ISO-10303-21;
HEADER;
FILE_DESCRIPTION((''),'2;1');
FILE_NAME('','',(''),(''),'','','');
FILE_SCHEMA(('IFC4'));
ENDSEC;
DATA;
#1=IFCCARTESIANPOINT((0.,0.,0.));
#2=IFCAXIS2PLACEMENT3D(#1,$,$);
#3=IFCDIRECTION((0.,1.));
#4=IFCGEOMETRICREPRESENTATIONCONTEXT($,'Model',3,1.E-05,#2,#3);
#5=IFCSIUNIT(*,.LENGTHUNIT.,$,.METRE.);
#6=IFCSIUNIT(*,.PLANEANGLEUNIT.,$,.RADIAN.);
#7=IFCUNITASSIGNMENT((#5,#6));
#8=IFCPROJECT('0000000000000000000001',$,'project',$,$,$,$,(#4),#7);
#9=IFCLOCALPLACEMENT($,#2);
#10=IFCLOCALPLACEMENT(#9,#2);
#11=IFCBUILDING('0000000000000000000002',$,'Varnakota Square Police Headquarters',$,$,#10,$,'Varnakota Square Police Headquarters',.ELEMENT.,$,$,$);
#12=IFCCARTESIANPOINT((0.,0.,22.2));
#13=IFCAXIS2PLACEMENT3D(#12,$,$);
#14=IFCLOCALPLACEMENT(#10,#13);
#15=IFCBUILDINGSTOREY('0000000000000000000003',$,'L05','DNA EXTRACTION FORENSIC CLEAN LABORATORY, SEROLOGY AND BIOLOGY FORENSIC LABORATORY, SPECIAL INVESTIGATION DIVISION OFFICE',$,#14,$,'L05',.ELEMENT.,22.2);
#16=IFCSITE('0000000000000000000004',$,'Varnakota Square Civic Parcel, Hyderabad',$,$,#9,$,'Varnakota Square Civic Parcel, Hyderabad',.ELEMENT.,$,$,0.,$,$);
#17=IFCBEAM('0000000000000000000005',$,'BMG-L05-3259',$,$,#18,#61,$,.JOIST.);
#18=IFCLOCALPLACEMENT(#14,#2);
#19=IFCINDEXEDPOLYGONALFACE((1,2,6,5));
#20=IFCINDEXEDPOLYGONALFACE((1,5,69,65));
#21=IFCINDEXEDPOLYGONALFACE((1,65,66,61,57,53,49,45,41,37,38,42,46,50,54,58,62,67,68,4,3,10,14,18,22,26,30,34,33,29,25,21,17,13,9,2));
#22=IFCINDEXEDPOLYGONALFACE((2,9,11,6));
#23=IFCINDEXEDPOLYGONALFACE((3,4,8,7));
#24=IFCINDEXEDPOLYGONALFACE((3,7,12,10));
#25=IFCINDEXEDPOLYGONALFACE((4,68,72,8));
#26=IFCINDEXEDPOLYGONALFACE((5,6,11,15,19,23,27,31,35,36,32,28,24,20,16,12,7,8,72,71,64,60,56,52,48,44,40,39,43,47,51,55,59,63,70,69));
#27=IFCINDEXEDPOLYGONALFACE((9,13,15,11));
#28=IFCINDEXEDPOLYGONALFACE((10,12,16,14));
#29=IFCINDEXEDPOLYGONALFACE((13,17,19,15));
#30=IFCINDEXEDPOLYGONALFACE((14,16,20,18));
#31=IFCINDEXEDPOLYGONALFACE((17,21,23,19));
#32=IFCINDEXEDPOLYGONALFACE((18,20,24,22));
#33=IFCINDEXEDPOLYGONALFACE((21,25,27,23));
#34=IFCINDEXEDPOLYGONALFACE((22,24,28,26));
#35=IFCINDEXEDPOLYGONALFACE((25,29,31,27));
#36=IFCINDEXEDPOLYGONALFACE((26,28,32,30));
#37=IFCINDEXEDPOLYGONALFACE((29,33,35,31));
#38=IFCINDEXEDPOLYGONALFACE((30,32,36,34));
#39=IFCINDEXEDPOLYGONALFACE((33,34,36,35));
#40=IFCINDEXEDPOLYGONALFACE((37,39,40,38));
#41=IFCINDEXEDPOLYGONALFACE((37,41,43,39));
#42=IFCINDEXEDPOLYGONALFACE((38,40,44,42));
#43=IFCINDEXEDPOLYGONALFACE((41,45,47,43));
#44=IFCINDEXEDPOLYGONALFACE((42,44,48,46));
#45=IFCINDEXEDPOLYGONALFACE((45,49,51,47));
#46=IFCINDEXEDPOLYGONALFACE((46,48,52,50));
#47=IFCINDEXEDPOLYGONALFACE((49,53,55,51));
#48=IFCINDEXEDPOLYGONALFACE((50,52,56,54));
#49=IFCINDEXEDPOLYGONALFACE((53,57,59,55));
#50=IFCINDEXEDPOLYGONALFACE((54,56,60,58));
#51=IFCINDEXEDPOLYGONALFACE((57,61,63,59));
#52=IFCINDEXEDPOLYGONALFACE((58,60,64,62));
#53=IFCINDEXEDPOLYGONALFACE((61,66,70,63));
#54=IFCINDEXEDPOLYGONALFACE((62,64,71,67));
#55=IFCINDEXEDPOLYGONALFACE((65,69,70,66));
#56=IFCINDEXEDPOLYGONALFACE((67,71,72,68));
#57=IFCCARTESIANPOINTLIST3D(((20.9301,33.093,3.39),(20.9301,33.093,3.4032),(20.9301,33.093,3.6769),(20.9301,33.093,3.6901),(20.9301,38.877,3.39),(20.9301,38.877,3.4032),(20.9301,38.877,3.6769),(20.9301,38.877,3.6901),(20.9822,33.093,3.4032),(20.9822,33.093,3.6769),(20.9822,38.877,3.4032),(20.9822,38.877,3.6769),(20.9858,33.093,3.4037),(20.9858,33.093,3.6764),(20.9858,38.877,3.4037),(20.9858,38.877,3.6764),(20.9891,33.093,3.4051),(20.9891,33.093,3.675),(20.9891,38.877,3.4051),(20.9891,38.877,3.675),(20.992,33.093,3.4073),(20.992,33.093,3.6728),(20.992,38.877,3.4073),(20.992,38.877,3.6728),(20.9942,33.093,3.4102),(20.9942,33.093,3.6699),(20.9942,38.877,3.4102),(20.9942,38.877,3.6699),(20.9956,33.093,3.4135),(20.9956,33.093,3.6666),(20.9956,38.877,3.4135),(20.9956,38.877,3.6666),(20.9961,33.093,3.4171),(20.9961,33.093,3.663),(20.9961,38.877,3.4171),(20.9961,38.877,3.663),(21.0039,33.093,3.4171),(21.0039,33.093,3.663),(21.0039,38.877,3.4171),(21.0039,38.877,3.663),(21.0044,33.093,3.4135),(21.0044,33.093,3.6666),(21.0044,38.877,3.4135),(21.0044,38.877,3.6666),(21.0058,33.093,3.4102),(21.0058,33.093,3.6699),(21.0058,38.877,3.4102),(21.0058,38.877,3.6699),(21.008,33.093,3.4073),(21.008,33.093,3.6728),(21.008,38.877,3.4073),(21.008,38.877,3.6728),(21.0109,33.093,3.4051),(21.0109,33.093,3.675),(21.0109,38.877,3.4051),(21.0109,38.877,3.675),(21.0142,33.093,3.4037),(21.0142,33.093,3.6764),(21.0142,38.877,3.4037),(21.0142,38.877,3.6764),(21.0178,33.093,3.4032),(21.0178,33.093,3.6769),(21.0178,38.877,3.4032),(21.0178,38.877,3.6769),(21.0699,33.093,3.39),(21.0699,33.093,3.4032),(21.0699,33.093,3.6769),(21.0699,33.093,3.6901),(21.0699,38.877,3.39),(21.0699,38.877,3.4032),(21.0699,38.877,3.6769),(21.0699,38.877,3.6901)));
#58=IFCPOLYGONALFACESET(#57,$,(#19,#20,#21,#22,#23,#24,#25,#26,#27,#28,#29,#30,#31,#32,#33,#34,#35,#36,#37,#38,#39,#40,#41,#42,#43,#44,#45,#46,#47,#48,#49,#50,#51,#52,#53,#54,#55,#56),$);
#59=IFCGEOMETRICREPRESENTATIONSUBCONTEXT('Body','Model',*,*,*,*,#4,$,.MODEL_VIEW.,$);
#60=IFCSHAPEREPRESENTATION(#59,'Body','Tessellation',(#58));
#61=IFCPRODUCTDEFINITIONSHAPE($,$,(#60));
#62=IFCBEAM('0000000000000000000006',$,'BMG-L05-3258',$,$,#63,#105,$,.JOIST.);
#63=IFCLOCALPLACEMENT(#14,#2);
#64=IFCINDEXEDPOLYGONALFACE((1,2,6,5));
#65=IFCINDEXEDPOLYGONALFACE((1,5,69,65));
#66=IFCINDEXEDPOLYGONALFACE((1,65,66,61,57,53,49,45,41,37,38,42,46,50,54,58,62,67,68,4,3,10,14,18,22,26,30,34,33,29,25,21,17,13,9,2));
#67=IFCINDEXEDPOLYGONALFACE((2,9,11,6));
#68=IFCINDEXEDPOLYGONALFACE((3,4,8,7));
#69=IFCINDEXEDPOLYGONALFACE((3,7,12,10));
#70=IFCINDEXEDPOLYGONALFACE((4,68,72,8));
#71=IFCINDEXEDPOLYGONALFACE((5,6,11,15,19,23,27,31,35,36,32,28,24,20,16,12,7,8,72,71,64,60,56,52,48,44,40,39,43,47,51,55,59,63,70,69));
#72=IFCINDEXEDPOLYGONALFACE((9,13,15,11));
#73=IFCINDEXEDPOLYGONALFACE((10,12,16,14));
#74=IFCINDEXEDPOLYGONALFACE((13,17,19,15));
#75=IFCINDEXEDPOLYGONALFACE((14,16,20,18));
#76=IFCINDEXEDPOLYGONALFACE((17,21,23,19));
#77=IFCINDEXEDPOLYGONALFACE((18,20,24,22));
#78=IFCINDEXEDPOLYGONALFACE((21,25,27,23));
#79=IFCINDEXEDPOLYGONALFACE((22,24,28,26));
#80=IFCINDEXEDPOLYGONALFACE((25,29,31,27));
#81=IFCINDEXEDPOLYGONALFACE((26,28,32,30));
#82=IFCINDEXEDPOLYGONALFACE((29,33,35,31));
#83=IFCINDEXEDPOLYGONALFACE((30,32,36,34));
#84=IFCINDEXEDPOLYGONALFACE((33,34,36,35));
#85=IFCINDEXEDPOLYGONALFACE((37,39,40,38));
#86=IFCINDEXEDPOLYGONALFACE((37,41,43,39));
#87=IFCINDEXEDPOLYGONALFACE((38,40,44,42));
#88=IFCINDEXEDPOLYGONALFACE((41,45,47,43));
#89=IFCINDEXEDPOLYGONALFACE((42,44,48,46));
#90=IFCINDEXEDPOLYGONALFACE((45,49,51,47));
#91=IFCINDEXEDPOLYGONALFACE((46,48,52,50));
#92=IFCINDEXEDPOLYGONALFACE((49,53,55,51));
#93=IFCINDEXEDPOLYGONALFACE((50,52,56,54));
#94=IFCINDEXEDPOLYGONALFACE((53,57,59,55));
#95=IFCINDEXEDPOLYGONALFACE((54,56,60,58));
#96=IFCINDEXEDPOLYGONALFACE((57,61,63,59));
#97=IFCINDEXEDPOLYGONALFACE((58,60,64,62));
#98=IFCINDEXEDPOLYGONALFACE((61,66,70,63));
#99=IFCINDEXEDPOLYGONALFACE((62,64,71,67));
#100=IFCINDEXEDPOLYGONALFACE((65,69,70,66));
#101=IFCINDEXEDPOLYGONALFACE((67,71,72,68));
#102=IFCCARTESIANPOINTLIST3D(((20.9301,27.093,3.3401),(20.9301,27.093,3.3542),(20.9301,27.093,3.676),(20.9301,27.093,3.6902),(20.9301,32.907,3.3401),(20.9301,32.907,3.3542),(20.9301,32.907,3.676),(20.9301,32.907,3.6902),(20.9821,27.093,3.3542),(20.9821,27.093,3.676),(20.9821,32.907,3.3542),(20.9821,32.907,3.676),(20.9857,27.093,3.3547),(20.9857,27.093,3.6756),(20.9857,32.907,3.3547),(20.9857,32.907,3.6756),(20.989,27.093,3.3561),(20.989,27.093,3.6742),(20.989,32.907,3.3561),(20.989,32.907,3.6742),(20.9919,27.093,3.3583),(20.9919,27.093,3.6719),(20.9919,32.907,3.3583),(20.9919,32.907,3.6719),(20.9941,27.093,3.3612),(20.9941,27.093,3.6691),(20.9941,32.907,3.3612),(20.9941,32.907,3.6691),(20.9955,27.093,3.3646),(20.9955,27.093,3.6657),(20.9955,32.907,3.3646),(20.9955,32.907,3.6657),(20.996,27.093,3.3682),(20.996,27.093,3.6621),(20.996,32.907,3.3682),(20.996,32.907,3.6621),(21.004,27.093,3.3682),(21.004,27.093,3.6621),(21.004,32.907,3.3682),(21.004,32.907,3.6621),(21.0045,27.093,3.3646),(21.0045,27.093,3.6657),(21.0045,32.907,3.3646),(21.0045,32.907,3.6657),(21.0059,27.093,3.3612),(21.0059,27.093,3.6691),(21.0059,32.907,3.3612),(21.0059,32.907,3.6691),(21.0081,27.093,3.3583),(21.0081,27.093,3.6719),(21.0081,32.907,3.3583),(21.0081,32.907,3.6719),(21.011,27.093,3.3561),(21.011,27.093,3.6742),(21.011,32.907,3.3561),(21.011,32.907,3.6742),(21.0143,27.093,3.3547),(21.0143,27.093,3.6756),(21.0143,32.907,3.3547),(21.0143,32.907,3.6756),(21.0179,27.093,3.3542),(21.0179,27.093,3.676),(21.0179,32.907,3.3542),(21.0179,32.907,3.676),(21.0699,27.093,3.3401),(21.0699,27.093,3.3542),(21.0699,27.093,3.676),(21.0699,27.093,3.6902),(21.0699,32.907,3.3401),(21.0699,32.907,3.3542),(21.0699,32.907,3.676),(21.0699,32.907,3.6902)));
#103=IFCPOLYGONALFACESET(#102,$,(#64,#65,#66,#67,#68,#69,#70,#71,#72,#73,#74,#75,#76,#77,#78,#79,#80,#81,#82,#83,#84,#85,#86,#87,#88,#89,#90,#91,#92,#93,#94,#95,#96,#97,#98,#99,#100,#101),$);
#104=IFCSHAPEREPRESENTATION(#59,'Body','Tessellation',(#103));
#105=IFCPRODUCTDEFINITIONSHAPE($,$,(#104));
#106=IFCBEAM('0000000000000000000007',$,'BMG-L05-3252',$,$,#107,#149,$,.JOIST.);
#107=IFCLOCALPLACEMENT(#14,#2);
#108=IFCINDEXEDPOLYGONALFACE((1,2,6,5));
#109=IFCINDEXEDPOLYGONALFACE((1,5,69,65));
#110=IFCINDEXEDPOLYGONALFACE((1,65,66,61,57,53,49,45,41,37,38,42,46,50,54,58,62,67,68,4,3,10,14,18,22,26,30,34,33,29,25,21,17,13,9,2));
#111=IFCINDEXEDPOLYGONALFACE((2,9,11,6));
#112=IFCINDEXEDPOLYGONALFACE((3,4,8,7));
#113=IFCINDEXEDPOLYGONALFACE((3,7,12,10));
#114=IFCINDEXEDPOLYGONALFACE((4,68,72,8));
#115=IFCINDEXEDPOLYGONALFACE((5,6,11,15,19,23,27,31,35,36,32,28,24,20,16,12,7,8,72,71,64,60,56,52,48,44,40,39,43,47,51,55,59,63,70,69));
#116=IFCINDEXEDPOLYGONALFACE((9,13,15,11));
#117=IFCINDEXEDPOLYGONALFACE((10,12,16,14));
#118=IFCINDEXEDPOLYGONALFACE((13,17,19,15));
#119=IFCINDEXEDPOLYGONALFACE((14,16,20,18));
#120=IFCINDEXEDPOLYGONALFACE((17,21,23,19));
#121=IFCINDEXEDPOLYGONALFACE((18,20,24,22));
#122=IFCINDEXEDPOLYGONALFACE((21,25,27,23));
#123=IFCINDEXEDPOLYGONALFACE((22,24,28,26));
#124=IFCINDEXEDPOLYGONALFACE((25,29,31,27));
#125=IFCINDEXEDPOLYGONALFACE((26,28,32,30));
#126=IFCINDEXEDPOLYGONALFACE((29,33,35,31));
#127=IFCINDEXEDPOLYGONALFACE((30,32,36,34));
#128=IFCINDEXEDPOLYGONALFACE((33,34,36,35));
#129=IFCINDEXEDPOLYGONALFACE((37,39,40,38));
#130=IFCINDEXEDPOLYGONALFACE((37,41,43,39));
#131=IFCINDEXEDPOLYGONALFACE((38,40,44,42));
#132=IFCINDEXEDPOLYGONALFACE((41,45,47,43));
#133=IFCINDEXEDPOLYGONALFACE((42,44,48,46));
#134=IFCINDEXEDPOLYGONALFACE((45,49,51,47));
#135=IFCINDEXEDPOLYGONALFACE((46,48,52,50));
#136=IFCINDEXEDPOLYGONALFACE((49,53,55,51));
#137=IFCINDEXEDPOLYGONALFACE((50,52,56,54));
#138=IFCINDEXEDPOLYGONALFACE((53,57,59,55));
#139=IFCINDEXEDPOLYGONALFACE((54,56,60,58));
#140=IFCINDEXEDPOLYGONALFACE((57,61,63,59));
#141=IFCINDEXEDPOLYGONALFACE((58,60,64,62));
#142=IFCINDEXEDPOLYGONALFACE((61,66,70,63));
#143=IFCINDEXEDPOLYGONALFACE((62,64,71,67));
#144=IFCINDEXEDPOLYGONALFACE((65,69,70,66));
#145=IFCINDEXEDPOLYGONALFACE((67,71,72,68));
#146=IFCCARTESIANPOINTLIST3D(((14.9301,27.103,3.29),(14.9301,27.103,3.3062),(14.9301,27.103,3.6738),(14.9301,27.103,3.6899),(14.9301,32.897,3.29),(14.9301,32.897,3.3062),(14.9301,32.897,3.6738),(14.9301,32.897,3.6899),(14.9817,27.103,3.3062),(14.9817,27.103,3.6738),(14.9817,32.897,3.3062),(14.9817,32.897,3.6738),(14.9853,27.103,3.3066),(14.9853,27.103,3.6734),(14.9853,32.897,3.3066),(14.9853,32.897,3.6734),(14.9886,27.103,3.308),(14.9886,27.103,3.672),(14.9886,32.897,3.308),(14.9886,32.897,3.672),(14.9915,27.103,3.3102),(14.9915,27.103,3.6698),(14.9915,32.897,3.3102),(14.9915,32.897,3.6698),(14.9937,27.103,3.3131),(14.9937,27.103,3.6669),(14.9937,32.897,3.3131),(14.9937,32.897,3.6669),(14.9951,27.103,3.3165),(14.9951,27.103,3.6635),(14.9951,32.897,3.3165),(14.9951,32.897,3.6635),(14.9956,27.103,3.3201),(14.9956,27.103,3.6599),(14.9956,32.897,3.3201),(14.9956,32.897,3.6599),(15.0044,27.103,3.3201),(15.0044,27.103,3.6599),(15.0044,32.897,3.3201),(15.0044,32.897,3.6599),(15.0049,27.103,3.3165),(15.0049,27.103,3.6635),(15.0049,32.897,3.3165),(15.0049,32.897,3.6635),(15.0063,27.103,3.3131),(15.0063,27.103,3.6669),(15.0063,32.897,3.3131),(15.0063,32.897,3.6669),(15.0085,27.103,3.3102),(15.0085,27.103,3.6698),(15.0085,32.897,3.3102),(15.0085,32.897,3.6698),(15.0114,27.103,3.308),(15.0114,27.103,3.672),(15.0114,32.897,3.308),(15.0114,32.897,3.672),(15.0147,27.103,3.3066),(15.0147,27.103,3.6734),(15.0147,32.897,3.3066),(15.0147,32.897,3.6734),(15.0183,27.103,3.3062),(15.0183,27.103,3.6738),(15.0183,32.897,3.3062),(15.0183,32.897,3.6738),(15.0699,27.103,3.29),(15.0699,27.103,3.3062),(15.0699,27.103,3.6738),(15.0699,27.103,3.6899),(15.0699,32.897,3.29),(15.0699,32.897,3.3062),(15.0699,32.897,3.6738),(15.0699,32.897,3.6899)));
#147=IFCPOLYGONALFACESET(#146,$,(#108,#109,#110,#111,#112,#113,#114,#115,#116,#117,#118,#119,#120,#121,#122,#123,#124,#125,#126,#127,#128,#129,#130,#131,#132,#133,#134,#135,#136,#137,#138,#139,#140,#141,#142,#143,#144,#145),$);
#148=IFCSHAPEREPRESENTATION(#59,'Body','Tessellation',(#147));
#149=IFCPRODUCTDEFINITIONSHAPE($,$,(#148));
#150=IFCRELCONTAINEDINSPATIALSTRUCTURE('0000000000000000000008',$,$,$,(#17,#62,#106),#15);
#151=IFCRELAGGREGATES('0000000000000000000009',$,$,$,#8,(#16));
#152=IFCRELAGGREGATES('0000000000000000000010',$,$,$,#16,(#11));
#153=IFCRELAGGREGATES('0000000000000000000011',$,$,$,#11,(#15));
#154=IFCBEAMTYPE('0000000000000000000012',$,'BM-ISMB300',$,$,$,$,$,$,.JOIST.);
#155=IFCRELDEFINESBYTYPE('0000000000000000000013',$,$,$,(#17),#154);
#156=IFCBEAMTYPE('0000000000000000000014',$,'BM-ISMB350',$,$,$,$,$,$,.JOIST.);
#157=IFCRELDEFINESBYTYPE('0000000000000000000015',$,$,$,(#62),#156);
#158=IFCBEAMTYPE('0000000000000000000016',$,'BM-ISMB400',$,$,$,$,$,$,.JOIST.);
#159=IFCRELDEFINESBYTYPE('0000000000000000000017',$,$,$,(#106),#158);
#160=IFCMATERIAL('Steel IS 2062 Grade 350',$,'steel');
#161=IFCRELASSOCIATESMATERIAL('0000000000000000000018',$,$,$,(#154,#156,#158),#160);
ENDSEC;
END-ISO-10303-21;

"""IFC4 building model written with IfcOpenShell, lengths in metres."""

from ifc_helpers import new_model, si_unit, direction, frame, origin, origin_2d, place, context, subcontext, project, spatial, i_section, extrude, material, material_profile, profile_set, type_object, element, save


model = new_model("IFC4")

# Units and contexts
model_context = context("Model", 3, precision=1e-05, world=origin(), true_north=direction((0.0, 1.0)))
body_context = subcontext(model_context, "Body", "Model", "MODEL_VIEW")
ifc_project = project(units=[si_unit("LENGTHUNIT", "METRE"), si_unit("PLANEANGLEUNIT", "RADIAN")], contexts=[model_context])

# Site, building, storey
site_placement = place(None, origin())
site = spatial("IfcSite", under=ifc_project, at=site_placement, Name="Varnakota Square Civic Parcel, Hyderabad", LongName="Varnakota Square Civic Parcel, Hyderabad", CompositionType="ELEMENT", RefElevation=0.0)
building_placement = place(site_placement, origin())
building = spatial("IfcBuilding", under=site, at=building_placement, Name="Varnakota Square Police Headquarters", LongName="Varnakota Square Police Headquarters", CompositionType="ELEMENT")
storey_placement = place(building_placement, frame((0.0, 0.0, 22.2)))
storey = spatial("IfcBuildingStorey", under=building, at=storey_placement, Name="L05", Description="DNA EXTRACTION FORENSIC CLEAN LABORATORY, SEROLOGY AND BIOLOGY FORENSIC LABORATORY, SPECIAL INVESTIGATION DIVISION OFFICE", LongName="L05", CompositionType="ELEMENT", Elevation=22.2)

# Shared definitions
ifc_material_1 = material(Name="Steel IS 2062 Grade 350", Category="steel")

# Beams
ifc_material_profile_1 = material_profile(ifc_material_1, i_section(OverallWidth=0.1399, OverallDepth=0.3, WebThickness=0.0078, FlangeThickness=0.0132, FilletRadius=0.0139, at=origin_2d()), Name="ISMB 300")
ifc_profile_set_1 = profile_set([ifc_material_profile_1], Name="Steel IS 2062 Grade 350")
beam_type_1 = type_object("IfcBeamType", Name="BM-ISMB300", PredefinedType="JOIST", material=ifc_profile_set_1)
beam_1_placement = place(storey_placement, frame((21.0, 33.093, 3.54), z_axis=(0.0, 1.0, 0.0), x_axis=(-1.0, 0.0, 0.0)))
element("IfcBeam", 1, at=beam_1_placement, inside=storey, type_object=beam_type_1, Name="BMG-L05-3259", PredefinedType="JOIST", context=body_context, shape_type="SweptSolid", body=[
    extrude(i_section(OverallWidth=0.1399, OverallDepth=0.3, WebThickness=0.0078, FlangeThickness=0.0132, FilletRadius=0.0139, at=origin_2d()), origin(), (0.0, 0.0, 1.0), 5.7839),
])
ifc_material_profile_2 = material_profile(ifc_material_1, i_section(OverallWidth=0.1399, OverallDepth=0.3501, WebThickness=0.0081, FlangeThickness=0.0142, FilletRadius=0.0139, at=origin_2d()), Name="ISMB 350")
ifc_profile_set_2 = profile_set([ifc_material_profile_2], Name="Steel IS 2062 Grade 350")
beam_type_2 = type_object("IfcBeamType", Name="BM-ISMB350", PredefinedType="JOIST", material=ifc_profile_set_2)
beam_2_placement = place(storey_placement, frame((21.0, 27.093, 3.5151), z_axis=(0.0, 1.0, 0.0), x_axis=(-1.0, 0.0, 0.0)))
element("IfcBeam", 2, at=beam_2_placement, inside=storey, type_object=beam_type_2, Name="BMG-L05-3258", PredefinedType="JOIST", context=body_context, shape_type="SweptSolid", body=[
    extrude(i_section(OverallWidth=0.1399, OverallDepth=0.3501, WebThickness=0.0081, FlangeThickness=0.0142, FilletRadius=0.0139, at=origin_2d()), origin(), (0.0, 0.0, 1.0), 5.814),
])
ifc_material_profile_3 = material_profile(ifc_material_1, i_section(OverallWidth=0.1399, OverallDepth=0.3999, WebThickness=0.0088, FlangeThickness=0.0161, FilletRadius=0.0139, at=origin_2d()), Name="ISMB 400")
ifc_profile_set_3 = profile_set([ifc_material_profile_3], Name="Steel IS 2062 Grade 350")
beam_type_3 = type_object("IfcBeamType", Name="BM-ISMB400", PredefinedType="JOIST", material=ifc_profile_set_3)
beam_3_placement = place(storey_placement, frame((15.0, 27.103, 3.49), z_axis=(0.0, 1.0, 0.0), x_axis=(-1.0, 0.0, 0.0)))
element("IfcBeam", 3, at=beam_3_placement, inside=storey, type_object=beam_type_3, Name="BMG-L05-3252", PredefinedType="JOIST", context=body_context, shape_type="SweptSolid", body=[
    extrude(i_section(OverallWidth=0.1399, OverallDepth=0.3999, WebThickness=0.0088, FlangeThickness=0.0161, FilletRadius=0.0139, at=origin_2d()), origin(), (0.0, 0.0, 1.0), 5.7939),
])

save(model, "model.ifc")
